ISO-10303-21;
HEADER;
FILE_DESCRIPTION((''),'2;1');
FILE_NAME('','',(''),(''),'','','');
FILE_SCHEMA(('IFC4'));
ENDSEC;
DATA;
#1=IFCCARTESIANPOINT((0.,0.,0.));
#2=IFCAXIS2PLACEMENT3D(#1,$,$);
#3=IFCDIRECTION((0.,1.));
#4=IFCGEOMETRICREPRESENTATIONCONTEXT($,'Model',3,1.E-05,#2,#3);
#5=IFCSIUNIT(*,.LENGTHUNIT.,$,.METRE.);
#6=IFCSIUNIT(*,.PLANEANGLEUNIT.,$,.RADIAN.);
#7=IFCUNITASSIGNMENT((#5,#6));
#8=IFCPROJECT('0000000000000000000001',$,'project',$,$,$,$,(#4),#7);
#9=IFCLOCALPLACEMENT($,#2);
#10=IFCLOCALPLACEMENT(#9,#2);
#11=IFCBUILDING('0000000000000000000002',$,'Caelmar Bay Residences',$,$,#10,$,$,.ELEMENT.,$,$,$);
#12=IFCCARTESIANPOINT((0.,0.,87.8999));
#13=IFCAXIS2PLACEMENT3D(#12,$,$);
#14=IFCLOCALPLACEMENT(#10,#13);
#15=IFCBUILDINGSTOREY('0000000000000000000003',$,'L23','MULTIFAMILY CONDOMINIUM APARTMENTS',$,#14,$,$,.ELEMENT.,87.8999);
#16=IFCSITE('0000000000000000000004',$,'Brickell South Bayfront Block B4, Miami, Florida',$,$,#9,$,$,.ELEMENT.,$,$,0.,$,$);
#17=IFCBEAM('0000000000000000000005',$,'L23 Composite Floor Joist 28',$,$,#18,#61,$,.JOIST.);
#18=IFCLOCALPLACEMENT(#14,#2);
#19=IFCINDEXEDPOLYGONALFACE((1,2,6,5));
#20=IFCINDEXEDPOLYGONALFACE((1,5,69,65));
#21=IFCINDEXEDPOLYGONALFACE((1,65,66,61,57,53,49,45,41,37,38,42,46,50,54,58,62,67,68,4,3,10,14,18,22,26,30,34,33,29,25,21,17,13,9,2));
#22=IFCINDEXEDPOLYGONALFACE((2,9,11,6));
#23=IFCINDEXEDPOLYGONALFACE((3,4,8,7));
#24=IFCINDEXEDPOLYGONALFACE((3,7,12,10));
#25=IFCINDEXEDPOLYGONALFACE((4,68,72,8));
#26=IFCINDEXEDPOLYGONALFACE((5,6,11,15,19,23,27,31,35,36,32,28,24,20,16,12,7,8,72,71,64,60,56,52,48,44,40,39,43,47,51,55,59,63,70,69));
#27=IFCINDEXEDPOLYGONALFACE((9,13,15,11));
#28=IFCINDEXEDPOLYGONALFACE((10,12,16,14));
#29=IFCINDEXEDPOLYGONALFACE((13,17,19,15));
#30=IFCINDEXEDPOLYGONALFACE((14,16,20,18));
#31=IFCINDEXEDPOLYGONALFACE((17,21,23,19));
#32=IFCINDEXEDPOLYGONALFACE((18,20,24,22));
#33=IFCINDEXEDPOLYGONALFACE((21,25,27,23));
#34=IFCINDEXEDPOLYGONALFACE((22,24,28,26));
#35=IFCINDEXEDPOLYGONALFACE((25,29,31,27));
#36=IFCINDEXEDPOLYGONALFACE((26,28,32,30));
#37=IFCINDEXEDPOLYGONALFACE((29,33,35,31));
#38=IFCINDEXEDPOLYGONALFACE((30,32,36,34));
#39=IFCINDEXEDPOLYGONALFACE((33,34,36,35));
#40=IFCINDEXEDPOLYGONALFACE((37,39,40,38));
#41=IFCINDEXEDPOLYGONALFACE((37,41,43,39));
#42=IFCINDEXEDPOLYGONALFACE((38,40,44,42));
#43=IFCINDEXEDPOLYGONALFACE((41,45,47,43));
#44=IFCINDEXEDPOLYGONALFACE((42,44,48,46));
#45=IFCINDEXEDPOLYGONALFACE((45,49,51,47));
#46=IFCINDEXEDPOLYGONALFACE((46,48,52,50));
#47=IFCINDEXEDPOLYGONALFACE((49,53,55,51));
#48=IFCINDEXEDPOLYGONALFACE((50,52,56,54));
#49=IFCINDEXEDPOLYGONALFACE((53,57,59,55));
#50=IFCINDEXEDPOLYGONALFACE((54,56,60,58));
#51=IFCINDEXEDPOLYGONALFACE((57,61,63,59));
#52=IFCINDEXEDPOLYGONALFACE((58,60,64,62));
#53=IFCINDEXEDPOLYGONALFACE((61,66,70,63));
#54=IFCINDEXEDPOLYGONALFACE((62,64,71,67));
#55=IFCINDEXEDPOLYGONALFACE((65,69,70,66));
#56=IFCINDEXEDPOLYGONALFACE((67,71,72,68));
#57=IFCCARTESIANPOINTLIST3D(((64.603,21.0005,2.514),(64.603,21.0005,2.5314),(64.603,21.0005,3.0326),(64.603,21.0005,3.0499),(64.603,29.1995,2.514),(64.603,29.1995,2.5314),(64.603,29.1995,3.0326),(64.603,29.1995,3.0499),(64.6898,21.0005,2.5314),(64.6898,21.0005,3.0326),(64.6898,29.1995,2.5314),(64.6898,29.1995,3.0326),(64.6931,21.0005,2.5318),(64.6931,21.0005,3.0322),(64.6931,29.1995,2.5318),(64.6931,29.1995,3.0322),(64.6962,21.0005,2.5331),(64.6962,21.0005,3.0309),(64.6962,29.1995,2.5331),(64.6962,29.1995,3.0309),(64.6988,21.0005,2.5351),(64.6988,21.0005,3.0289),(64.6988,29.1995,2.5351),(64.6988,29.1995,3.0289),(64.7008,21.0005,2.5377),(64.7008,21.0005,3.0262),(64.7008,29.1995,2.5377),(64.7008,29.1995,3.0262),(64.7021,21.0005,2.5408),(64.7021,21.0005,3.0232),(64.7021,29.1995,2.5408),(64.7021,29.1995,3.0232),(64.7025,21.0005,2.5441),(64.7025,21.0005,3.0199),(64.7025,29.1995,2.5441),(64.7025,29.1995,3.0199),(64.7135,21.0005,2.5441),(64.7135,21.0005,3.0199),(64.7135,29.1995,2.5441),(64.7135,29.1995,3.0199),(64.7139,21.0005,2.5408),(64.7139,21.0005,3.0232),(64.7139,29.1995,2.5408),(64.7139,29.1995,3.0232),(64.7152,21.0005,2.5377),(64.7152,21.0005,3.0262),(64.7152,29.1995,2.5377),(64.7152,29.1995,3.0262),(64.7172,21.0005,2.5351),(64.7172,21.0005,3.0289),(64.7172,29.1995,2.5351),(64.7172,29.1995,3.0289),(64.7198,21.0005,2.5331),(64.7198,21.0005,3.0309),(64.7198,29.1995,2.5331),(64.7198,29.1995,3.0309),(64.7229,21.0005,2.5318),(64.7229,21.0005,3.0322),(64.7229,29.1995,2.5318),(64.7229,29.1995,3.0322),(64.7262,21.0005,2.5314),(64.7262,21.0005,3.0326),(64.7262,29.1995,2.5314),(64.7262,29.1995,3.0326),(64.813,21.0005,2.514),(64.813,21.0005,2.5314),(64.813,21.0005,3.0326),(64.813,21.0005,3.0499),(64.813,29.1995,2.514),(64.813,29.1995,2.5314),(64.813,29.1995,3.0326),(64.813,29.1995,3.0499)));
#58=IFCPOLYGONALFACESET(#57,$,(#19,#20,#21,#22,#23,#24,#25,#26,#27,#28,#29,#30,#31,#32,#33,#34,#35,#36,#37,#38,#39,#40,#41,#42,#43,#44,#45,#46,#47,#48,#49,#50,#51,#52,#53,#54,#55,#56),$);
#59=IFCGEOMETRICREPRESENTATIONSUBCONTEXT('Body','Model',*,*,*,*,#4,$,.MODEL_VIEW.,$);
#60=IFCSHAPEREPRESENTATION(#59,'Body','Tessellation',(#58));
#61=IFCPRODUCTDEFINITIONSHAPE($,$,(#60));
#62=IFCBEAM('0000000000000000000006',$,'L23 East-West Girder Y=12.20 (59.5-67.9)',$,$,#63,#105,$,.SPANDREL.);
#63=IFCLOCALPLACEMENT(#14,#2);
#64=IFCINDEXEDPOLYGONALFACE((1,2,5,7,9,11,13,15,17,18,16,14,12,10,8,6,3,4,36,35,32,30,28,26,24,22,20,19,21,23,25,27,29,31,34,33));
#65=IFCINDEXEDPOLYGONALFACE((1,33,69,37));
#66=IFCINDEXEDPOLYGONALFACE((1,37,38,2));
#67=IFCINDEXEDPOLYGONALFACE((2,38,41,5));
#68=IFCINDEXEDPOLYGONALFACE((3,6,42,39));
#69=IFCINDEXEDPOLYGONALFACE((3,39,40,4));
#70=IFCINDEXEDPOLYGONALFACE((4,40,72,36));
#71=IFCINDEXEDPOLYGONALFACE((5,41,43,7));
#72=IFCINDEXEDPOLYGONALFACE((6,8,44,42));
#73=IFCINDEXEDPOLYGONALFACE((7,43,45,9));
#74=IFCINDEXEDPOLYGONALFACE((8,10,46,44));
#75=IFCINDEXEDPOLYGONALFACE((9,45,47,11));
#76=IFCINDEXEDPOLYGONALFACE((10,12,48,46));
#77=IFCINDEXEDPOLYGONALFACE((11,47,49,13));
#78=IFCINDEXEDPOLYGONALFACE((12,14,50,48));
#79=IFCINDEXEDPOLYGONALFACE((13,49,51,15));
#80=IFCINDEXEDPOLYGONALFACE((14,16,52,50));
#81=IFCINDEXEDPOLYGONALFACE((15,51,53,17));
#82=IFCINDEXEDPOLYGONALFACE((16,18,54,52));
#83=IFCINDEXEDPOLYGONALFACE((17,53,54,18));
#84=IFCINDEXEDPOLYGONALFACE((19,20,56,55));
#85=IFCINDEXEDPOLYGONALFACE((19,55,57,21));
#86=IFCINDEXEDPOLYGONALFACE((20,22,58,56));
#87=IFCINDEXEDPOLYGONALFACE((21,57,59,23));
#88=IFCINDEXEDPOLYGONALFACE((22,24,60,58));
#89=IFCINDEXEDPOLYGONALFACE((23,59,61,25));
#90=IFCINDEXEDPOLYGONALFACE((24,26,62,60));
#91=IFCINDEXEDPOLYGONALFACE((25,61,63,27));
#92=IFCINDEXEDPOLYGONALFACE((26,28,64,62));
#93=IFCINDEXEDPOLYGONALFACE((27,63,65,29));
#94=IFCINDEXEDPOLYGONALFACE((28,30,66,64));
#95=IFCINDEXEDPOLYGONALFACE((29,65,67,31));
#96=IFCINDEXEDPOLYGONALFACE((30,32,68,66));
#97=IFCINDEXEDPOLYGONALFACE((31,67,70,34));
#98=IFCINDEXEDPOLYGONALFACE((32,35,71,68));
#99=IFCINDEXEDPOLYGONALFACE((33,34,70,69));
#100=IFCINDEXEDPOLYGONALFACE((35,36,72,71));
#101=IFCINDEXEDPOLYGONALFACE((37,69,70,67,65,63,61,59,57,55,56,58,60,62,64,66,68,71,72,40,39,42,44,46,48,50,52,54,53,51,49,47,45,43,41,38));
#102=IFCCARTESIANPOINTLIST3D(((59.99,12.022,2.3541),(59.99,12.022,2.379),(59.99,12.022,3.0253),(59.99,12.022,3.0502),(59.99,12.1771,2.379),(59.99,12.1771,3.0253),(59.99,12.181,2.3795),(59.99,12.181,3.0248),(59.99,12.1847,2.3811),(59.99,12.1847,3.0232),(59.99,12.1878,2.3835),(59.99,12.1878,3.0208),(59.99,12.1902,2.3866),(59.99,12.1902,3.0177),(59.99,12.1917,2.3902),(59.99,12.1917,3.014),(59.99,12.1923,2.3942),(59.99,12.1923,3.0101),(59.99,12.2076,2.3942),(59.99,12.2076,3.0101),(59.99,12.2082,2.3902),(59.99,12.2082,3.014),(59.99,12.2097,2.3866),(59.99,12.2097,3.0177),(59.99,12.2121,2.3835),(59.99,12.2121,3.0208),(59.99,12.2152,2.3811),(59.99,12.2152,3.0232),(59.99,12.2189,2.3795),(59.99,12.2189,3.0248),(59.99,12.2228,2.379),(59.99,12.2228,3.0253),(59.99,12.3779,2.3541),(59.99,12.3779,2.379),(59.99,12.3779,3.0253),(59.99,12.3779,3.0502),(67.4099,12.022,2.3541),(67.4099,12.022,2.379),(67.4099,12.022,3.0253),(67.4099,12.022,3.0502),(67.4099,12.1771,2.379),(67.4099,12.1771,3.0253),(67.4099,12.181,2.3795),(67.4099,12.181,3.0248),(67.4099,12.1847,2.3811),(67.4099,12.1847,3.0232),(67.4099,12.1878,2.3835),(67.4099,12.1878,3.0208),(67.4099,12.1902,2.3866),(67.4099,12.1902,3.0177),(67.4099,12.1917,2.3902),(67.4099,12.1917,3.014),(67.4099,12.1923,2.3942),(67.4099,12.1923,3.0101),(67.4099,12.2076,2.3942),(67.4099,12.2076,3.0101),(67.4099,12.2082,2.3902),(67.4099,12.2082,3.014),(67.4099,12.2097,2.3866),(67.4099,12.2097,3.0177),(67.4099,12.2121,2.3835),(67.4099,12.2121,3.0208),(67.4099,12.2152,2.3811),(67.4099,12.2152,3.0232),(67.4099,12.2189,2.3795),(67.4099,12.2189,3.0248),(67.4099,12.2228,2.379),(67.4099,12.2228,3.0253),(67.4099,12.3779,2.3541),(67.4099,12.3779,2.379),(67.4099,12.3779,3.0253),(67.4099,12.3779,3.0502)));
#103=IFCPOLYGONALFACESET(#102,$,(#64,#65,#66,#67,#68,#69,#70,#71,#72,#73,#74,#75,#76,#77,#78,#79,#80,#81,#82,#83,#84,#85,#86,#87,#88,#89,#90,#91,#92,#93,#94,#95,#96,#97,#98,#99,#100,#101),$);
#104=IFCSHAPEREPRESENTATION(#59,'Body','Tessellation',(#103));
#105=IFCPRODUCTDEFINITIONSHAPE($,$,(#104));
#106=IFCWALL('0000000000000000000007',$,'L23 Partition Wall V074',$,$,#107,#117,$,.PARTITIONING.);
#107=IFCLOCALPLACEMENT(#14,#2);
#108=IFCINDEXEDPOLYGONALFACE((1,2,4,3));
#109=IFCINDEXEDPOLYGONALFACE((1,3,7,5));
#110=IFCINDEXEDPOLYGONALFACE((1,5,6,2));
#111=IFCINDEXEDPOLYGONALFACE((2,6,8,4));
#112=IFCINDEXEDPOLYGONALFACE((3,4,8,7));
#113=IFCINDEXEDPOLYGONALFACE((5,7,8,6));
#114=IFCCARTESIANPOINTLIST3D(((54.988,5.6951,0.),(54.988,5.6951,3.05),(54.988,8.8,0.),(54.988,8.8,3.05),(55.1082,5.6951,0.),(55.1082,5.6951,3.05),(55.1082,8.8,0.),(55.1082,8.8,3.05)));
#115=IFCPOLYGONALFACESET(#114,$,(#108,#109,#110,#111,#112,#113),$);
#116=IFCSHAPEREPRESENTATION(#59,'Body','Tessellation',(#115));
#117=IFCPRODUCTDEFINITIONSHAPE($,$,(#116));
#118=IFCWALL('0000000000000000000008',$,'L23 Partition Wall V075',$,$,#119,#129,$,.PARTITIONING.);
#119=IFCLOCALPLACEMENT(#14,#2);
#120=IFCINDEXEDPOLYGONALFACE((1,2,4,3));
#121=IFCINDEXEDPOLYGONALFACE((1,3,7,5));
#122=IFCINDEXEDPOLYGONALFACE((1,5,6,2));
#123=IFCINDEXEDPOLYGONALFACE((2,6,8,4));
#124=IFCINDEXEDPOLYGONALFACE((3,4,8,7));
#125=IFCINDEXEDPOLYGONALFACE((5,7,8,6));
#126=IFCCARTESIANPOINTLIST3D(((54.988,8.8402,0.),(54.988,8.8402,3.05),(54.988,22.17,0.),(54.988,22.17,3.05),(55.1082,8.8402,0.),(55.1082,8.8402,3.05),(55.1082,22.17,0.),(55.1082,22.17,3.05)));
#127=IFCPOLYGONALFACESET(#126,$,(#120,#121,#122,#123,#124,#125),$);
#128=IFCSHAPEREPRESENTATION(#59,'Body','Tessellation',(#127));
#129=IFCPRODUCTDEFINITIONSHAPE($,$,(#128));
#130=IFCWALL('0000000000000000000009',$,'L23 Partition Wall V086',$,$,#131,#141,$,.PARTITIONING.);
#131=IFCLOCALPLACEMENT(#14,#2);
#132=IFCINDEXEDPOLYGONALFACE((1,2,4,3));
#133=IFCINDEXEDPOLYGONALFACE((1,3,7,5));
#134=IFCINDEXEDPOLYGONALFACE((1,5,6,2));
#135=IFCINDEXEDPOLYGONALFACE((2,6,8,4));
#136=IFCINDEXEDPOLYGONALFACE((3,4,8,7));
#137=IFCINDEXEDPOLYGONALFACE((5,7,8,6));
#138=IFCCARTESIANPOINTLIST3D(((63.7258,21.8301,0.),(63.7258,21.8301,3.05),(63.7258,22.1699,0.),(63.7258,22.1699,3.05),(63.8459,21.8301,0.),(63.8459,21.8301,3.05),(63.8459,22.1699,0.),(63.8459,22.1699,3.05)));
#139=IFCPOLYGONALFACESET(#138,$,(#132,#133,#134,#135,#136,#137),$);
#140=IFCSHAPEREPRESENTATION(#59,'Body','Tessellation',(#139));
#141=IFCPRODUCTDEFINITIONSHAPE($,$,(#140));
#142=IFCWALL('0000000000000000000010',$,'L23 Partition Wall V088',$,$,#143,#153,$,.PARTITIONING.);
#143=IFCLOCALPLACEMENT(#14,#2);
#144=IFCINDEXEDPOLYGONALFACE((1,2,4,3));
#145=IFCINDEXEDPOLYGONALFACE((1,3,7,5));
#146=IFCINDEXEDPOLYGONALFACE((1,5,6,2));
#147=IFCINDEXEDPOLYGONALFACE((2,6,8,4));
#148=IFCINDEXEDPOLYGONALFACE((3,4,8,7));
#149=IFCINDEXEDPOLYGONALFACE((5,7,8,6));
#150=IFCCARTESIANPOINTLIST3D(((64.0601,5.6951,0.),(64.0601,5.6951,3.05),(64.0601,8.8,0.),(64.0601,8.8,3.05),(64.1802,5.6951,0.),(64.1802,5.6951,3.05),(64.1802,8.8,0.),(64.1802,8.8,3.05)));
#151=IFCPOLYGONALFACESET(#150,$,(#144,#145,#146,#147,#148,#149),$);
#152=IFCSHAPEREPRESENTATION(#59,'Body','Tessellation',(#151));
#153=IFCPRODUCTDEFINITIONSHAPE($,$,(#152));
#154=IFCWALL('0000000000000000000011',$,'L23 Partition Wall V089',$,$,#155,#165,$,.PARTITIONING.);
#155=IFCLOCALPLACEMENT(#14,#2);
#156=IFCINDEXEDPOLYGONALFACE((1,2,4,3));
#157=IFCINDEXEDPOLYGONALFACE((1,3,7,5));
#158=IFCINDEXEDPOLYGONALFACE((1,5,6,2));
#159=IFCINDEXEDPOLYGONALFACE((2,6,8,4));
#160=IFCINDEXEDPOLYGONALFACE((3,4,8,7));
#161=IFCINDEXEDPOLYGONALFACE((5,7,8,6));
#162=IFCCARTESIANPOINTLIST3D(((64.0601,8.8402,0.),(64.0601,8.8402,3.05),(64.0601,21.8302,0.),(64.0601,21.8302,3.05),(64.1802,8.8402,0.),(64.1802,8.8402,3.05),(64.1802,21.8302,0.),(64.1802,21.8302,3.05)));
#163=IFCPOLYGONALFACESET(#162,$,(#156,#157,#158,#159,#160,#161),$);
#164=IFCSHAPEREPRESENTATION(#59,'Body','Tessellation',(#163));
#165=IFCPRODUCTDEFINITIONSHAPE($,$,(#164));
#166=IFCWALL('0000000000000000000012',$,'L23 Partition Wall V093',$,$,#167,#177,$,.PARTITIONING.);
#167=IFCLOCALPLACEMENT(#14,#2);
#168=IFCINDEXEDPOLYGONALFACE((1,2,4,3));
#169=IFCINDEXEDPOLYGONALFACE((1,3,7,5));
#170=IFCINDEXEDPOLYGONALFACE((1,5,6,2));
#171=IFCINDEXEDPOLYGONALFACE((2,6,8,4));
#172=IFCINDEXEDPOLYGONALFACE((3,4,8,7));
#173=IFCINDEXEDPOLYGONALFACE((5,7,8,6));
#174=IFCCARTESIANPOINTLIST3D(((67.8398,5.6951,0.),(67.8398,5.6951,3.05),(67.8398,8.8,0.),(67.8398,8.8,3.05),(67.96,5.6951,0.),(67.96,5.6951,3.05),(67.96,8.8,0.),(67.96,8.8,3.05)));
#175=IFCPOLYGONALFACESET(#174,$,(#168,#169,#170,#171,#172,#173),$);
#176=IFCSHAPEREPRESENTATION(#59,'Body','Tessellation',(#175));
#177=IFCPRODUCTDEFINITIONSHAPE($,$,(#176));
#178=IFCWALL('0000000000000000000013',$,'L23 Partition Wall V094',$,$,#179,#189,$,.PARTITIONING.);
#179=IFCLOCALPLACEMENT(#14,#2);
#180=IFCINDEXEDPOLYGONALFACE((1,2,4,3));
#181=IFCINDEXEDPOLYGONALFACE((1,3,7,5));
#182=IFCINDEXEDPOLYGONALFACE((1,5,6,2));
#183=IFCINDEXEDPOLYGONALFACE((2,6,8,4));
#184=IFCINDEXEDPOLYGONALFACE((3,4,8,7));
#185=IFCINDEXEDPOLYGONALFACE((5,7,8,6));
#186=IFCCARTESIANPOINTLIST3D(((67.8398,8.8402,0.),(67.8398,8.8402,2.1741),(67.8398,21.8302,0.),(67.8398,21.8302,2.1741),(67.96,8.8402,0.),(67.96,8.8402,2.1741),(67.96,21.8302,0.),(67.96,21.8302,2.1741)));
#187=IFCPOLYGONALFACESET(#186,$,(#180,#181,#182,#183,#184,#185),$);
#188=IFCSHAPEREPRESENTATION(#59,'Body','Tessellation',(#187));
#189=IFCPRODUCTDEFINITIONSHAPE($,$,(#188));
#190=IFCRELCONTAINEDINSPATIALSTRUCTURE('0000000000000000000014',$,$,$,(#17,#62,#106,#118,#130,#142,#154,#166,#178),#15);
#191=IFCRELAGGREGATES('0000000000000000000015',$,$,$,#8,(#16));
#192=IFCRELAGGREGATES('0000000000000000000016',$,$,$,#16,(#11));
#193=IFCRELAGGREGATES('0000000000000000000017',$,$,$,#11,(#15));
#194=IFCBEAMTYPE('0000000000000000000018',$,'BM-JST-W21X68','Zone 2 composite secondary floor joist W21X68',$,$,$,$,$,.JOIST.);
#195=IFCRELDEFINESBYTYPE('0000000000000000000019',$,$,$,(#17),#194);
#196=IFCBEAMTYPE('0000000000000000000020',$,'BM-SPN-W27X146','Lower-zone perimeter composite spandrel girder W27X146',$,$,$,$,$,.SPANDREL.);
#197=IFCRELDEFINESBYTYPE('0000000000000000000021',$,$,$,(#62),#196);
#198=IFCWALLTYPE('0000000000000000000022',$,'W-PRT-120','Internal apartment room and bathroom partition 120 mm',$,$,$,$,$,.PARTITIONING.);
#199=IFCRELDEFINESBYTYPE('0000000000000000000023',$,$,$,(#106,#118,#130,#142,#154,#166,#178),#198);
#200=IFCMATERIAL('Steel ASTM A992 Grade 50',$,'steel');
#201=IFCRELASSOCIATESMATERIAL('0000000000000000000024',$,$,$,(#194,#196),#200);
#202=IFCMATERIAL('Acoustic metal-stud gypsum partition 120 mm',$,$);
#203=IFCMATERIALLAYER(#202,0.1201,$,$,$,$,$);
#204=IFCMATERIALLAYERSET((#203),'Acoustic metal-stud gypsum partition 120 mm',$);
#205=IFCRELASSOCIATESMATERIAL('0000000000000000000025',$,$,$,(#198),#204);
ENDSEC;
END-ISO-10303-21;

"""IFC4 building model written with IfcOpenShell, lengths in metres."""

from ifc_helpers import new_model, si_unit, direction, frame, frame_2d, origin, origin_2d, place, context, subcontext, project, spatial, rectangle, i_section, extrude, material, layer, layer_set, material_profile, profile_set, type_object, element, save


model = new_model("IFC4")

# Units and contexts
model_context = context("Model", 3, precision=1e-05, world=origin(), true_north=direction((0.0, 1.0)))
body_context = subcontext(model_context, "Body", "Model", "MODEL_VIEW")
ifc_project = project(units=[si_unit("LENGTHUNIT", "METRE"), si_unit("PLANEANGLEUNIT", "RADIAN")], contexts=[model_context])

# Site, building, storey
site_placement = place(None, origin())
site = spatial("IfcSite", under=ifc_project, at=site_placement, Name="Brickell South Bayfront Block B4, Miami, Florida", CompositionType="ELEMENT", RefElevation=0.0)
building_placement = place(site_placement, origin())
building = spatial("IfcBuilding", under=site, at=building_placement, Name="Caelmar Bay Residences", CompositionType="ELEMENT")
storey_placement = place(building_placement, frame((0.0, 0.0, 87.8999)))
storey = spatial("IfcBuildingStorey", under=building, at=storey_placement, Name="L23", Description="MULTIFAMILY CONDOMINIUM APARTMENTS", CompositionType="ELEMENT", Elevation=87.8999)

# Beams
ifc_material_1 = material(Name="Steel ASTM A992 Grade 50", Category="steel")
ifc_material_profile_1 = material_profile(ifc_material_1, i_section(OverallWidth=0.21, OverallDepth=0.5359, WebThickness=0.011, FlangeThickness=0.0173, FilletRadius=0.0127, at=origin_2d()), Name="W21X68")
ifc_profile_set_1 = profile_set([ifc_material_profile_1], Name="Steel ASTM A992 Grade 50")
beam_type_1 = type_object("IfcBeamType", Name="BM-JST-W21X68", Description="Zone 2 composite secondary floor joist W21X68", PredefinedType="JOIST", material=ifc_profile_set_1)
for number, where, z_axis, x_axis, name in (
    (1, (64.708, 21.0005, 2.782), (0.0, 1.0, 0.0), (-1.0, 0.0, 0.0), "L23 Composite Floor Joist 28"),
):
    element("IfcBeam", number, at=place(storey_placement, frame(where, z_axis=z_axis, x_axis=x_axis)), inside=storey, type_object=beam_type_1, Name=name, PredefinedType="JOIST", context=body_context, shape_type="SweptSolid", body=[
        extrude(i_section(OverallWidth=0.21, OverallDepth=0.5359, WebThickness=0.011, FlangeThickness=0.0173, FilletRadius=0.0127, at=origin_2d()), origin(), (0.0, 0.0, 1.0), 8.199),
    ])
ifc_material_profile_2 = material_profile(ifc_material_1, i_section(OverallWidth=0.356, OverallDepth=0.696, WebThickness=0.0154, FlangeThickness=0.0249, FilletRadius=0.0151, at=origin_2d()), Name="W27X146")
ifc_profile_set_2 = profile_set([ifc_material_profile_2], Name="Steel ASTM A992 Grade 50")
beam_type_2 = type_object("IfcBeamType", Name="BM-SPN-W27X146", Description="Lower-zone perimeter composite spandrel girder W27X146", PredefinedType="SPANDREL", material=ifc_profile_set_2)
beam_placement = place(storey_placement, frame((59.99, 12.2, 2.7021), z_axis=(1.0, 0.0, 0.0), x_axis=(0.0, 1.0, 0.0)))
element("IfcBeam", 2, at=beam_placement, inside=storey, type_object=beam_type_2, Name="L23 East-West Girder Y=12.20 (59.5-67.9)", PredefinedType="SPANDREL", context=body_context, shape_type="SweptSolid", body=[
    extrude(i_section(OverallWidth=0.356, OverallDepth=0.696, WebThickness=0.0154, FlangeThickness=0.0249, FilletRadius=0.0151, at=origin_2d()), origin(), (0.0, 0.0, 1.0), 7.4199),
])

# Walls
ifc_material_2 = material(Name="Acoustic metal-stud gypsum partition 120 mm")
ifc_layer_1 = layer(ifc_material_2, 0.1201)
ifc_layer_set_1 = layer_set([ifc_layer_1], Name="Acoustic metal-stud gypsum partition 120 mm")
wall_type_1 = type_object("IfcWallType", Name="W-PRT-120", Description="Internal apartment room and bathroom partition 120 mm", PredefinedType="PARTITIONING", material=ifc_layer_set_1)
wall_1_placement = place(storey_placement, frame((55.0481, 5.6951, 0.0), z_axis=(0.0, 0.0, 1.0), x_axis=(0.0, 1.0, 0.0)))
element("IfcWall", 3, at=wall_1_placement, inside=storey, type_object=wall_type_1, Name="L23 Partition Wall V074", PredefinedType="PARTITIONING", context=body_context, shape_type="SweptSolid", body=[
    extrude(rectangle(XDim=3.105, YDim=0.1201, at=frame_2d((1.5525, 0.0))), origin(), (0.0, 0.0, 1.0), 3.05),
])
wall_2_placement = place(storey_placement, frame((55.0481, 8.8401, 0.0), z_axis=(0.0, 0.0, 1.0), x_axis=(0.0, 1.0, 0.0)))
element("IfcWall", 4, at=wall_2_placement, inside=storey, type_object=wall_type_1, Name="L23 Partition Wall V075", PredefinedType="PARTITIONING", context=body_context, shape_type="SweptSolid", body=[
    extrude(rectangle(XDim=13.3298, YDim=0.1201, at=frame_2d((6.665, 0.0))), origin(), (0.0, 0.0, 1.0), 3.05),
])
wall_3_placement = place(storey_placement, frame((63.7859, 21.8301, 0.0), z_axis=(0.0, 0.0, 1.0), x_axis=(0.0, 1.0, 0.0)))
element("IfcWall", 5, at=wall_3_placement, inside=storey, type_object=wall_type_1, Name="L23 Partition Wall V086", PredefinedType="PARTITIONING", context=body_context, shape_type="SweptSolid", body=[
    extrude(rectangle(XDim=0.3398, YDim=0.1201, at=frame_2d((0.1699, 0.0))), origin(), (0.0, 0.0, 1.0), 3.05),
])
wall_4_placement = place(storey_placement, frame((64.1201, 5.6951, 0.0), z_axis=(0.0, 0.0, 1.0), x_axis=(0.0, 1.0, 0.0)))
element("IfcWall", 6, at=wall_4_placement, inside=storey, type_object=wall_type_1, Name="L23 Partition Wall V088", PredefinedType="PARTITIONING", context=body_context, shape_type="SweptSolid", body=[
    extrude(rectangle(XDim=3.105, YDim=0.1201, at=frame_2d((1.5525, 0.0))), origin(), (0.0, 0.0, 1.0), 3.05),
])
wall_5_placement = place(storey_placement, frame((64.1201, 8.8401, 0.0), z_axis=(0.0, 0.0, 1.0), x_axis=(0.0, 1.0, 0.0)))
element("IfcWall", 7, at=wall_5_placement, inside=storey, type_object=wall_type_1, Name="L23 Partition Wall V089", PredefinedType="PARTITIONING", context=body_context, shape_type="SweptSolid", body=[
    extrude(rectangle(XDim=12.99, YDim=0.1201, at=frame_2d((6.4951, 0.0))), origin(), (0.0, 0.0, 1.0), 3.05),
])
wall_6_placement = place(storey_placement, frame((67.8999, 5.6951, 0.0), z_axis=(0.0, 0.0, 1.0), x_axis=(0.0, 1.0, 0.0)))
element("IfcWall", 8, at=wall_6_placement, inside=storey, type_object=wall_type_1, Name="L23 Partition Wall V093", PredefinedType="PARTITIONING", context=body_context, shape_type="SweptSolid", body=[
    extrude(rectangle(XDim=3.105, YDim=0.1201, at=frame_2d((1.5525, 0.0))), origin(), (0.0, 0.0, 1.0), 3.05),
])
wall_7_placement = place(storey_placement, frame((67.8999, 8.8401, 0.0), z_axis=(0.0, 0.0, 1.0), x_axis=(0.0, 1.0, 0.0)))
element("IfcWall", 9, at=wall_7_placement, inside=storey, type_object=wall_type_1, Name="L23 Partition Wall V094", PredefinedType="PARTITIONING", context=body_context, shape_type="SweptSolid", body=[
    extrude(rectangle(XDim=12.99, YDim=0.1201, at=frame_2d((6.4951, 0.0))), origin(), (0.0, 0.0, 1.0), 2.1741),
])

save(model, "model.ifc")
